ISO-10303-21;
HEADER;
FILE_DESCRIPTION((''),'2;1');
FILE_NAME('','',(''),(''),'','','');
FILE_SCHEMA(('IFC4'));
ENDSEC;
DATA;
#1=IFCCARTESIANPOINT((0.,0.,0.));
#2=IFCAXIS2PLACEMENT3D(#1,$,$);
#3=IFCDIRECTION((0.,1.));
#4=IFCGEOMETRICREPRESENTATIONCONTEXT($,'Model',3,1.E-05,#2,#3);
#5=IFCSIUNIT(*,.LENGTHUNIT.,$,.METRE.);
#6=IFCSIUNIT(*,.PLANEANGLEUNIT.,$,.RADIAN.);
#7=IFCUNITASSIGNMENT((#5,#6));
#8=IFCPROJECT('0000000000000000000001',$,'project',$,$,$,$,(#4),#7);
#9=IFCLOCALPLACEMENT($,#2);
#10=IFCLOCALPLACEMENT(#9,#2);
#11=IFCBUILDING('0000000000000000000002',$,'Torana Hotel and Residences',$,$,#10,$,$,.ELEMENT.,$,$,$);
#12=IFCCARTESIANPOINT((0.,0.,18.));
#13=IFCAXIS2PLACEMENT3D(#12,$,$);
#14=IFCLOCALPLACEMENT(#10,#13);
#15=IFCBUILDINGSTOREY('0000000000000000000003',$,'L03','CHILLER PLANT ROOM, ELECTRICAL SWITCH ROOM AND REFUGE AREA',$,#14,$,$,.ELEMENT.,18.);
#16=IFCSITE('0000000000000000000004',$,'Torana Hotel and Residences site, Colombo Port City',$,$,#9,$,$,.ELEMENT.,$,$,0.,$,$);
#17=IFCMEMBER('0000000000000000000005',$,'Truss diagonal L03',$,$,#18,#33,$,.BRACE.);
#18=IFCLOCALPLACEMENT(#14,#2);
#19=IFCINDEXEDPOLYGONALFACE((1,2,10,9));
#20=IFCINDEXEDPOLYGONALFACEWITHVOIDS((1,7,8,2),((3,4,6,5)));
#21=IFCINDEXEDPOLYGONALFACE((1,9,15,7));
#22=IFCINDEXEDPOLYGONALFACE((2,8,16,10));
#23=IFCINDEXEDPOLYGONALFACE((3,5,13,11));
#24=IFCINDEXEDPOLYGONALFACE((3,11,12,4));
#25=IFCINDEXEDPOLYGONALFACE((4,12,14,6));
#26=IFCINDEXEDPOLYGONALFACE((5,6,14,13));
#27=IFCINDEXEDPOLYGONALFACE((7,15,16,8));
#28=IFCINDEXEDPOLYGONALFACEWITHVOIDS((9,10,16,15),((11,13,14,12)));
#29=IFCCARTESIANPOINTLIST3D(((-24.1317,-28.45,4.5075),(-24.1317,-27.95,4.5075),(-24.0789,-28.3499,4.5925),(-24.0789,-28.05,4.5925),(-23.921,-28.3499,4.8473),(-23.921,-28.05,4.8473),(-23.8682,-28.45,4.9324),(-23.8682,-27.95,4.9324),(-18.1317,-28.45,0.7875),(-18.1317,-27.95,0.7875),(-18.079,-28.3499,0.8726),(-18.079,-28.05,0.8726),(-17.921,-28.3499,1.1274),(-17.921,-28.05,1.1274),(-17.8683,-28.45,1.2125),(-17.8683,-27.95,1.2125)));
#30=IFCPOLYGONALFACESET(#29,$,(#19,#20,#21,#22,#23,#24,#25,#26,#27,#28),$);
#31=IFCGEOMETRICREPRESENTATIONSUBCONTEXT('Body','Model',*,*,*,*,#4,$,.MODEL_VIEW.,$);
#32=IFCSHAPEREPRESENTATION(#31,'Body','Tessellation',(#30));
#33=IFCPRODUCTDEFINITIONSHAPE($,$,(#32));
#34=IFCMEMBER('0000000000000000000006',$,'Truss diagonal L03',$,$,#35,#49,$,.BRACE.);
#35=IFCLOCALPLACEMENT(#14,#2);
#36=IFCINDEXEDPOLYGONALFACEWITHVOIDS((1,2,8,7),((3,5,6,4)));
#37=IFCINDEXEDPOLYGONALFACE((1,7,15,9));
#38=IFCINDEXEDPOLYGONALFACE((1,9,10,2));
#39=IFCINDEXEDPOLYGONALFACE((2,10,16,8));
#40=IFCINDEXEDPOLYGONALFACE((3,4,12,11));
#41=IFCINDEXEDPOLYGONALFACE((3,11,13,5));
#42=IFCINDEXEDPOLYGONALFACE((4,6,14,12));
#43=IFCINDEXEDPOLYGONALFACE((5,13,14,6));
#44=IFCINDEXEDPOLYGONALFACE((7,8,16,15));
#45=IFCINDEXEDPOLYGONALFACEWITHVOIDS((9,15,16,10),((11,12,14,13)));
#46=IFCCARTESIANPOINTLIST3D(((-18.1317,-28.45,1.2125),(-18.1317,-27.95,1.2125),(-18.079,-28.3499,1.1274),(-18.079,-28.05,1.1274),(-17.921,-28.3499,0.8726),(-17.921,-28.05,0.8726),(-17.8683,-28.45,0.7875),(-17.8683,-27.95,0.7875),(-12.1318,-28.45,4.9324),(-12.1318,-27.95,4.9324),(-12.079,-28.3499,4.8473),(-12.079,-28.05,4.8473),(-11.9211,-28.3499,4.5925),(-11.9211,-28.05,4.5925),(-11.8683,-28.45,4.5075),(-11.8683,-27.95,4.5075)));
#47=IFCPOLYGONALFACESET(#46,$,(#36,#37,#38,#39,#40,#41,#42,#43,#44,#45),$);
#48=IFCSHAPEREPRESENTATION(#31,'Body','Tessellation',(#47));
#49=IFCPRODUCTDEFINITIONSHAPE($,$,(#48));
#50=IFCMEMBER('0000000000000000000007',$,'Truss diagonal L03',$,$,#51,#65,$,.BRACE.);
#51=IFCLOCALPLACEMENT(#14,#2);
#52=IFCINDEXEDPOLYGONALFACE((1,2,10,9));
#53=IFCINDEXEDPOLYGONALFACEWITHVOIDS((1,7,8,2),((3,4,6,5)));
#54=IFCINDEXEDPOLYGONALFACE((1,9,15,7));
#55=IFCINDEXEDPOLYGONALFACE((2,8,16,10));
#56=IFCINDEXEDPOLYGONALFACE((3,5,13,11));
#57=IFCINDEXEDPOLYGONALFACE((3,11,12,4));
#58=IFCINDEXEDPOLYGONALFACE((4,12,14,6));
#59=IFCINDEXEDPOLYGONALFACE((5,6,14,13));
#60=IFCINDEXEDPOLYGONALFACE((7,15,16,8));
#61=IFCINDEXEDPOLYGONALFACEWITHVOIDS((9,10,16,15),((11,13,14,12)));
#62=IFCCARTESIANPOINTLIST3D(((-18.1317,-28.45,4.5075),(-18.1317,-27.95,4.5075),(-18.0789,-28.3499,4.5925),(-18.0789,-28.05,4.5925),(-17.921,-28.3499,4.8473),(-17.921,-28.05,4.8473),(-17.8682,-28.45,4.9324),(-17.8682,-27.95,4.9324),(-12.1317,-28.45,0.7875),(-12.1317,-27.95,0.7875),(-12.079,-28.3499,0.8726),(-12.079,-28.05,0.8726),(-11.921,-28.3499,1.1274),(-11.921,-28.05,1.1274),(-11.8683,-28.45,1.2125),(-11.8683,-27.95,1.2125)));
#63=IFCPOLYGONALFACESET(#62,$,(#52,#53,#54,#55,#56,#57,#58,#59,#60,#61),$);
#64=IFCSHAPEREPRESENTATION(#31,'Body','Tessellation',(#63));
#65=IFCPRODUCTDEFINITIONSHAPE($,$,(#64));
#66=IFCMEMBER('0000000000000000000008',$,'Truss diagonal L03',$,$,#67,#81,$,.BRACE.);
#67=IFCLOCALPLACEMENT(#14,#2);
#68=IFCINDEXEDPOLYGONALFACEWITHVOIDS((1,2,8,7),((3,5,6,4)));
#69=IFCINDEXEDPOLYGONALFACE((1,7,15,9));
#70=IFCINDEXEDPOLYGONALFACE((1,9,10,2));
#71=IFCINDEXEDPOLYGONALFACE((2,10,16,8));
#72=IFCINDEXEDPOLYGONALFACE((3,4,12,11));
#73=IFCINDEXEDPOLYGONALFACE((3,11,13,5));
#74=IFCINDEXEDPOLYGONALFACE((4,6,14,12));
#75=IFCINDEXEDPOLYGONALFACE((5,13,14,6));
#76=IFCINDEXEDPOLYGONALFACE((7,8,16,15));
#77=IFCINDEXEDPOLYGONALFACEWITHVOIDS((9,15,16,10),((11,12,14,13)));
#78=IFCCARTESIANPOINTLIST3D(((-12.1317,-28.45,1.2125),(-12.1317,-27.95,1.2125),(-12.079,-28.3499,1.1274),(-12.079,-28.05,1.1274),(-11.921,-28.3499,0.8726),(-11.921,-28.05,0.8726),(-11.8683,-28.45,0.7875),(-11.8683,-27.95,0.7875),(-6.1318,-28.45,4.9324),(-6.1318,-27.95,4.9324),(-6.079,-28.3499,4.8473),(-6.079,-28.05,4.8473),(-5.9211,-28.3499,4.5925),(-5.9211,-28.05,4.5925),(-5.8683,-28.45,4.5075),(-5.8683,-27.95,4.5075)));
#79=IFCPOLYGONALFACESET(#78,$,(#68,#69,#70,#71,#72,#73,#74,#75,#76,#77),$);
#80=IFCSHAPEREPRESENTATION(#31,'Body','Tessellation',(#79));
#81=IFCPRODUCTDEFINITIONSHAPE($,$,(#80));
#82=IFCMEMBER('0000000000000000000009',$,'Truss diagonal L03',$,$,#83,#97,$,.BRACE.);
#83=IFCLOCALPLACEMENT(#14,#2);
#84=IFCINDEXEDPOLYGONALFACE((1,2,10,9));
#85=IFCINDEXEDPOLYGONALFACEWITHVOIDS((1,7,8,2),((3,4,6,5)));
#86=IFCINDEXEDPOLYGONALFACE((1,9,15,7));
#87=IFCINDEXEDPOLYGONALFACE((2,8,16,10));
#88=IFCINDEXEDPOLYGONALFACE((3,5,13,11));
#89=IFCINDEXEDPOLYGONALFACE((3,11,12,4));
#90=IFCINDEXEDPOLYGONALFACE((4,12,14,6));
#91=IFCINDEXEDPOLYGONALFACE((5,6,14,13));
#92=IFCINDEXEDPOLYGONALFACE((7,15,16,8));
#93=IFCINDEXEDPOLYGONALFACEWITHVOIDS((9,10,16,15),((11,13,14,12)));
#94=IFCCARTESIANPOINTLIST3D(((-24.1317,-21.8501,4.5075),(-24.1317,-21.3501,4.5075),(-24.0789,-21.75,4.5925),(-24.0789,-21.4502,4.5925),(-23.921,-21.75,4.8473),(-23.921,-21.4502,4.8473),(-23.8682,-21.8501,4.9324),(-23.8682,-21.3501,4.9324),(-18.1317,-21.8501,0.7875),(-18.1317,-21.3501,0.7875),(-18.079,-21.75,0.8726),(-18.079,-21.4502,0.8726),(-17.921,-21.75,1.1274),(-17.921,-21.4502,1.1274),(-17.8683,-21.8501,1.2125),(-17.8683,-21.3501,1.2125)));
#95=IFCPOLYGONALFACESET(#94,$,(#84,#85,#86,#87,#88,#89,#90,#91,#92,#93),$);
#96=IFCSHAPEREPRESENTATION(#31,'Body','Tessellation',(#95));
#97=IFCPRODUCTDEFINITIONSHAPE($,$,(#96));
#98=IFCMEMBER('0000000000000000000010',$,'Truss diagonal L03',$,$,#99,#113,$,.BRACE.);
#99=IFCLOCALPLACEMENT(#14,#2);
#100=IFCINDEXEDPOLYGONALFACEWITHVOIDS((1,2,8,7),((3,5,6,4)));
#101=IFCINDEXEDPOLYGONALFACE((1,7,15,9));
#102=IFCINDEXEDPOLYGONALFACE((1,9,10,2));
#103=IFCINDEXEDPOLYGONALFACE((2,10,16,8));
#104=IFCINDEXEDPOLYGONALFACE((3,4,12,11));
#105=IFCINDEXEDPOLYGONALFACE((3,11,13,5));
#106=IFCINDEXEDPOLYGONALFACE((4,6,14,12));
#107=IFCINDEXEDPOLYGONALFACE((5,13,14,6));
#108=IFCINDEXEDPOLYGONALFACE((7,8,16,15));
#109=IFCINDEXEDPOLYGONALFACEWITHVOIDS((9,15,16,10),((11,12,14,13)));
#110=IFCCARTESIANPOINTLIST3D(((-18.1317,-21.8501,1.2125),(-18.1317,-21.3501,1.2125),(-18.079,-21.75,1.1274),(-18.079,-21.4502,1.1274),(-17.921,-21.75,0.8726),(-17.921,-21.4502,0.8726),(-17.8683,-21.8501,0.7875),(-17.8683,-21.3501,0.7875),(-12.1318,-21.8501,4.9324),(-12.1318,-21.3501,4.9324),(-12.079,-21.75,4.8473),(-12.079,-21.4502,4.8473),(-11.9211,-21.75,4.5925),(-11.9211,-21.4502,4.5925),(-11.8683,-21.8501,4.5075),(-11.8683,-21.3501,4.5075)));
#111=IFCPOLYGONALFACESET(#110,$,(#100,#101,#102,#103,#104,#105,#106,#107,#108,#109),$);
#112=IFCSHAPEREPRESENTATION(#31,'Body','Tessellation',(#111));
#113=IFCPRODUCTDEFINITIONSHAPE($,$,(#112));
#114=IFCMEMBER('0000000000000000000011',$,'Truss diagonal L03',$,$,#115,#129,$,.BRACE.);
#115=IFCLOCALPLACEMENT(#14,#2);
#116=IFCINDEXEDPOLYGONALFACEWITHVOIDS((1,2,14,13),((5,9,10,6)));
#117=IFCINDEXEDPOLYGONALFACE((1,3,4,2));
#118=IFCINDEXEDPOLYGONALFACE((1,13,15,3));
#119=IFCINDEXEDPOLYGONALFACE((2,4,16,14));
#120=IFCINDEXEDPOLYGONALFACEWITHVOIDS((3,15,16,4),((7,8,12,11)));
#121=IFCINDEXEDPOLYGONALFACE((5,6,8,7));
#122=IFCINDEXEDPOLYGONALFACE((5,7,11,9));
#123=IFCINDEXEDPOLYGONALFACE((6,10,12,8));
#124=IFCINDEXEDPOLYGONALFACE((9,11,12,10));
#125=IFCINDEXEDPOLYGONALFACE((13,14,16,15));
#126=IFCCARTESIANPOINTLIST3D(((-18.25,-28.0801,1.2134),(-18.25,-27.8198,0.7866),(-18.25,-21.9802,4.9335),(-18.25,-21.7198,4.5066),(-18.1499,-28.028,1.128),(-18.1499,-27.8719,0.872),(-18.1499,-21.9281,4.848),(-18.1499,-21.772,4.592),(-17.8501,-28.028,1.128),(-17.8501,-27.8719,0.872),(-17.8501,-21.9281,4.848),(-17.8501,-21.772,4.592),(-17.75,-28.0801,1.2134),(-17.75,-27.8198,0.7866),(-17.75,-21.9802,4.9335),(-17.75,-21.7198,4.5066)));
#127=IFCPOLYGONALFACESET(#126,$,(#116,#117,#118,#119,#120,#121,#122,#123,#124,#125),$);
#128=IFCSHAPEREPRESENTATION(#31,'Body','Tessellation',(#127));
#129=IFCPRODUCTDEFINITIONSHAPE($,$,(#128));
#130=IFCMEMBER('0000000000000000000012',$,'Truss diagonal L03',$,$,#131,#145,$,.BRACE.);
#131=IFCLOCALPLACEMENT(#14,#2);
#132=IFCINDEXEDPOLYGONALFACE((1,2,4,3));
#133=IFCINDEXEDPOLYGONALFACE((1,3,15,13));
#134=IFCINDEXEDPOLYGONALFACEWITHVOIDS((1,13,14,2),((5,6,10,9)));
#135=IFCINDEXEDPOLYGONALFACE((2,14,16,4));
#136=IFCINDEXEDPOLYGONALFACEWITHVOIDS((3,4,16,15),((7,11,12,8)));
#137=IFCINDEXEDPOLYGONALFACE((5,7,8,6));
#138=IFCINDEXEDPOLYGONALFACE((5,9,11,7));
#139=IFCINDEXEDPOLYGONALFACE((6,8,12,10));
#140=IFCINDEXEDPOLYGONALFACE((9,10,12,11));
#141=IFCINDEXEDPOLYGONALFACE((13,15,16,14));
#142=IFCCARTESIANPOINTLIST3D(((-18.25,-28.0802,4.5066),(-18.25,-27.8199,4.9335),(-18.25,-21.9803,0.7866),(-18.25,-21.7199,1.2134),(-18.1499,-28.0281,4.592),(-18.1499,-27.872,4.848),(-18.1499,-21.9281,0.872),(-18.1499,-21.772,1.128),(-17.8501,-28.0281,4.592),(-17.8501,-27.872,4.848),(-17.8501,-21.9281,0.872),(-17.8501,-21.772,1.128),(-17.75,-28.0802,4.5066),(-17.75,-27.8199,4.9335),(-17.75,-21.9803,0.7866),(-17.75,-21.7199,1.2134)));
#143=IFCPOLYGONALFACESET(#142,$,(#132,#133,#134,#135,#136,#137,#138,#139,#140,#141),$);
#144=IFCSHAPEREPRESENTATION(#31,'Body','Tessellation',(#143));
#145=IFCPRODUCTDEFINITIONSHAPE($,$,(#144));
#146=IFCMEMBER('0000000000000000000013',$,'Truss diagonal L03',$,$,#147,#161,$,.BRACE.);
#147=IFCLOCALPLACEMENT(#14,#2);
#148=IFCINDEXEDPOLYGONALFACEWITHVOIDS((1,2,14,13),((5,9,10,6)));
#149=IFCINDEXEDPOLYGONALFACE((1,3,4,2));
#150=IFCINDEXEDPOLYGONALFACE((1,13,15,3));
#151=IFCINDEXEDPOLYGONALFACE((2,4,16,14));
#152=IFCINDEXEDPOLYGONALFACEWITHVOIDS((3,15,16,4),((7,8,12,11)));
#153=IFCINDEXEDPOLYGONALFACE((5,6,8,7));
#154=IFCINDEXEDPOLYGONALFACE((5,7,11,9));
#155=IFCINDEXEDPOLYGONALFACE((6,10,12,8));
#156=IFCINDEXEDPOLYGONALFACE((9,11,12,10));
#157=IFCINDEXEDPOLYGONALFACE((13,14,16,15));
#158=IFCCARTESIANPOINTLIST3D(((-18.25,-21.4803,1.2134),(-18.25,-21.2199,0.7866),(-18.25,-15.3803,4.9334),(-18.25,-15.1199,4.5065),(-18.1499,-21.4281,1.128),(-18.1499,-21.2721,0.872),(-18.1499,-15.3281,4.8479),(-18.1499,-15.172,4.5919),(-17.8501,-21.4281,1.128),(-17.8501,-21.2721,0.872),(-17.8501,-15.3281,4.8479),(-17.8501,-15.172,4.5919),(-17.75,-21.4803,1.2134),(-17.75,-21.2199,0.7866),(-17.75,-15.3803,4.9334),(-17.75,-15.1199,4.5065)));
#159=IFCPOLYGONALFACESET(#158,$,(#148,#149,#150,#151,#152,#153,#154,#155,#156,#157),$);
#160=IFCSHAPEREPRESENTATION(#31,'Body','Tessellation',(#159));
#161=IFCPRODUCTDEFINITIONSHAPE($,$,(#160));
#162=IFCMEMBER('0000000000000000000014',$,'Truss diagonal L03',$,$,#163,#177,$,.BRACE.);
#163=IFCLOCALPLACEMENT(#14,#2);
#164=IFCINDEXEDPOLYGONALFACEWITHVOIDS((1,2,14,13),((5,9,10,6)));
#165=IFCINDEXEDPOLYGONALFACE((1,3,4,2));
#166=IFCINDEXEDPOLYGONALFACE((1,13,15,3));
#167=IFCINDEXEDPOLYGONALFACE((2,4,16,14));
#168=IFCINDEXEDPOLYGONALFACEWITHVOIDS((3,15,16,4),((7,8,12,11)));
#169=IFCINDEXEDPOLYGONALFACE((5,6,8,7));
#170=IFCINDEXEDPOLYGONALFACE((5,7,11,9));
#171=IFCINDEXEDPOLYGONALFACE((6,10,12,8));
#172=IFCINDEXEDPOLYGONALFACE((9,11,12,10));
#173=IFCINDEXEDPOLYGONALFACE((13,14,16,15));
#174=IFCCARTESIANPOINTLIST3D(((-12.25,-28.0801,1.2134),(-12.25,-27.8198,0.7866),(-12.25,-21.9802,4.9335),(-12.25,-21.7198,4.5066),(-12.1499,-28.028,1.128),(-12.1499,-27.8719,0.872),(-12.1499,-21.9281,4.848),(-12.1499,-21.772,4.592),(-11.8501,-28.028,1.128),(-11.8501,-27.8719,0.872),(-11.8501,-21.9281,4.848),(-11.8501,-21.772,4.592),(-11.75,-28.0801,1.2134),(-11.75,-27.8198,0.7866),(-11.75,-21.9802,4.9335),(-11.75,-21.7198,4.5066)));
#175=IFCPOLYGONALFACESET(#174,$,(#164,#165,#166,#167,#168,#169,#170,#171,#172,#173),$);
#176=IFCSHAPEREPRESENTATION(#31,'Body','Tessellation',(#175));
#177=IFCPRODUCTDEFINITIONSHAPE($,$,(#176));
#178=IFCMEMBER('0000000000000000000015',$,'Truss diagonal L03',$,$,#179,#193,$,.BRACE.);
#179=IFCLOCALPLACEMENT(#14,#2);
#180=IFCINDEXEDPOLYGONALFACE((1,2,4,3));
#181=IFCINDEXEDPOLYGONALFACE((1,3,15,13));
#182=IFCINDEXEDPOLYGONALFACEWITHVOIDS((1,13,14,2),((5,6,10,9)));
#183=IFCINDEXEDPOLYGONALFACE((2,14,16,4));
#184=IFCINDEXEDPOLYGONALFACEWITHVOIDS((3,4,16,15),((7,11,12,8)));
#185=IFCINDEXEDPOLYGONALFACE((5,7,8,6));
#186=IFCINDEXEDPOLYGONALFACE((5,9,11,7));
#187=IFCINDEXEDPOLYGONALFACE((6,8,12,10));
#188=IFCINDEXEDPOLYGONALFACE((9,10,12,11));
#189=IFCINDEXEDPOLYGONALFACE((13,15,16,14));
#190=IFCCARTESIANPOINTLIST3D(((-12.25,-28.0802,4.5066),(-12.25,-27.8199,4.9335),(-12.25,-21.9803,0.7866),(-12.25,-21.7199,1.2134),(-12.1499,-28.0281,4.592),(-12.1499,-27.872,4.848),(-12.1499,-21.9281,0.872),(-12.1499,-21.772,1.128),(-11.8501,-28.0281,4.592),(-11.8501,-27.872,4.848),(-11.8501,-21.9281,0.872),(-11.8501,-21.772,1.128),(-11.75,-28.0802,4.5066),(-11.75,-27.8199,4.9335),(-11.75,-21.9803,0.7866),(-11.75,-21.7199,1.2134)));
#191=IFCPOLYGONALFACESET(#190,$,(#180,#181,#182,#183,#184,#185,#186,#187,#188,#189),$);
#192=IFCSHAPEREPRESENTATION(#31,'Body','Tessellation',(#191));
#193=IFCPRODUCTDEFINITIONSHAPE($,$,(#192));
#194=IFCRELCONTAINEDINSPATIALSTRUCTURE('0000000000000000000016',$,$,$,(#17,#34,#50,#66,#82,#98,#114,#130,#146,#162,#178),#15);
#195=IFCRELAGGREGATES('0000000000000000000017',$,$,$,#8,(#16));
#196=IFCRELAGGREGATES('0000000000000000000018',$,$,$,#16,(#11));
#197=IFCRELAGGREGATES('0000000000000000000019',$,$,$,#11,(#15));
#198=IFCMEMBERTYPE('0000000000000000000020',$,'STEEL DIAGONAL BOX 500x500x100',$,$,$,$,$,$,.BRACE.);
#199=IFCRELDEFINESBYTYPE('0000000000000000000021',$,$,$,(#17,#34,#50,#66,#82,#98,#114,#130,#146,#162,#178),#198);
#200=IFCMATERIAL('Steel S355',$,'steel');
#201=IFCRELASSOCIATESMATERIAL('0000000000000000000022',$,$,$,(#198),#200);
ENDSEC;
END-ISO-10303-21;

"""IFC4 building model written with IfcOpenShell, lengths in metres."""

from ifc_helpers import new_model, si_unit, direction, frame, origin, origin_2d, place, context, subcontext, project, spatial, hollow_rectangle, extrude, material, material_profile, profile_set, type_object, element, save


model = new_model("IFC4")

# Units and contexts
model_context = context("Model", 3, precision=1e-05, world=origin(), true_north=direction((0.0, 1.0)))
body_context = subcontext(model_context, "Body", "Model", "MODEL_VIEW")
ifc_project = project(units=[si_unit("LENGTHUNIT", "METRE"), si_unit("PLANEANGLEUNIT", "RADIAN")], contexts=[model_context])

# Site, building, storey
site_placement = place(None, origin())
site = spatial("IfcSite", under=ifc_project, at=site_placement, Name="Torana Hotel and Residences site, Colombo Port City", CompositionType="ELEMENT", RefElevation=0.0)
building_placement = place(site_placement, origin())
building = spatial("IfcBuilding", under=site, at=building_placement, Name="Torana Hotel and Residences", CompositionType="ELEMENT")
storey_placement = place(building_placement, frame((0.0, 0.0, 18.0)))
storey = spatial("IfcBuildingStorey", under=building, at=storey_placement, Name="L03", Description="CHILLER PLANT ROOM, ELECTRICAL SWITCH ROOM AND REFUGE AREA", CompositionType="ELEMENT", Elevation=18.0)

# Members
ifc_material_1 = material(Name="Steel S355", Category="steel")
ifc_material_profile_1 = material_profile(ifc_material_1, hollow_rectangle(XDim=0.5, YDim=0.5, WallThickness=0.1001, at=origin_2d()), Name="BOX 500x500x100")
ifc_profile_set_1 = profile_set([ifc_material_profile_1], Name="Steel S355")
member_type_1 = type_object("IfcMemberType", Name="STEEL DIAGONAL BOX 500x500x100", PredefinedType="BRACE", material=ifc_profile_set_1)
for number, where, z_axis, x_axis, name in (
    (1, (-18.0, -28.2, 1.0), (-0.849905, 0.0, 0.526937), (0.0, -1.0, 0.0), "Truss diagonal L03"),
    (2, (-18.0, -28.2, 1.0), (0.849905, 0.0, 0.526937), (0.0, 1.0, 0.0), "Truss diagonal L03"),
    (3, (-12.0, -28.2, 1.0), (-0.849905, 0.0, 0.526937), (0.0, -1.0, 0.0), "Truss diagonal L03"),
    (4, (-12.0, -28.2, 1.0), (0.849905, 0.0, 0.526937), (0.0, 1.0, 0.0), "Truss diagonal L03"),
    (5, (-18.0, -21.6001, 1.0), (-0.849905, 0.0, 0.526937), (0.0, -1.0, 0.0), "Truss diagonal L03"),
    (6, (-18.0, -21.6001, 1.0), (0.849905, 0.0, 0.526937), (0.0, 1.0, 0.0), "Truss diagonal L03"),
):
    element("IfcMember", number, at=place(storey_placement, frame(where, z_axis=z_axis, x_axis=x_axis)), inside=storey, type_object=member_type_1, Name=name, PredefinedType="BRACE", context=body_context, shape_type="SweptSolid", body=[
        extrude(hollow_rectangle(XDim=0.5, YDim=0.5, WallThickness=0.1001, at=origin_2d()), origin(), (0.0, 0.0, 1.0), 7.0596),
    ])
for number, where, z_axis, x_axis, name in (
    (7, (-18.0, -27.95, 1.0), (0.0, 0.853762, 0.520663), (-1.0, 0.0, 0.0), "Truss diagonal L03"),
    (8, (-18.0, -21.8501, 1.0), (0.0, -0.853762, 0.520663), (1.0, 0.0, 0.0), "Truss diagonal L03"),
    (9, (-18.0, -21.3501, 1.0), (0.0, 0.853771, 0.520648), (-1.0, 0.0, 0.0), "Truss diagonal L03"),
    (10, (-12.0, -27.95, 1.0), (0.0, 0.853762, 0.520663), (-1.0, 0.0, 0.0), "Truss diagonal L03"),
    (11, (-12.0, -21.8501, 1.0), (0.0, -0.853762, 0.520663), (1.0, 0.0, 0.0), "Truss diagonal L03"),
):
    element("IfcMember", number, at=place(storey_placement, frame(where, z_axis=z_axis, x_axis=x_axis)), inside=storey, type_object=member_type_1, Name=name, PredefinedType="BRACE", context=body_context, shape_type="SweptSolid", body=[
        extrude(hollow_rectangle(XDim=0.5, YDim=0.5, WallThickness=0.1001, at=origin_2d()), origin(), (0.0, 0.0, 1.0), 7.1448),
    ])

save(model, "model.ifc")
